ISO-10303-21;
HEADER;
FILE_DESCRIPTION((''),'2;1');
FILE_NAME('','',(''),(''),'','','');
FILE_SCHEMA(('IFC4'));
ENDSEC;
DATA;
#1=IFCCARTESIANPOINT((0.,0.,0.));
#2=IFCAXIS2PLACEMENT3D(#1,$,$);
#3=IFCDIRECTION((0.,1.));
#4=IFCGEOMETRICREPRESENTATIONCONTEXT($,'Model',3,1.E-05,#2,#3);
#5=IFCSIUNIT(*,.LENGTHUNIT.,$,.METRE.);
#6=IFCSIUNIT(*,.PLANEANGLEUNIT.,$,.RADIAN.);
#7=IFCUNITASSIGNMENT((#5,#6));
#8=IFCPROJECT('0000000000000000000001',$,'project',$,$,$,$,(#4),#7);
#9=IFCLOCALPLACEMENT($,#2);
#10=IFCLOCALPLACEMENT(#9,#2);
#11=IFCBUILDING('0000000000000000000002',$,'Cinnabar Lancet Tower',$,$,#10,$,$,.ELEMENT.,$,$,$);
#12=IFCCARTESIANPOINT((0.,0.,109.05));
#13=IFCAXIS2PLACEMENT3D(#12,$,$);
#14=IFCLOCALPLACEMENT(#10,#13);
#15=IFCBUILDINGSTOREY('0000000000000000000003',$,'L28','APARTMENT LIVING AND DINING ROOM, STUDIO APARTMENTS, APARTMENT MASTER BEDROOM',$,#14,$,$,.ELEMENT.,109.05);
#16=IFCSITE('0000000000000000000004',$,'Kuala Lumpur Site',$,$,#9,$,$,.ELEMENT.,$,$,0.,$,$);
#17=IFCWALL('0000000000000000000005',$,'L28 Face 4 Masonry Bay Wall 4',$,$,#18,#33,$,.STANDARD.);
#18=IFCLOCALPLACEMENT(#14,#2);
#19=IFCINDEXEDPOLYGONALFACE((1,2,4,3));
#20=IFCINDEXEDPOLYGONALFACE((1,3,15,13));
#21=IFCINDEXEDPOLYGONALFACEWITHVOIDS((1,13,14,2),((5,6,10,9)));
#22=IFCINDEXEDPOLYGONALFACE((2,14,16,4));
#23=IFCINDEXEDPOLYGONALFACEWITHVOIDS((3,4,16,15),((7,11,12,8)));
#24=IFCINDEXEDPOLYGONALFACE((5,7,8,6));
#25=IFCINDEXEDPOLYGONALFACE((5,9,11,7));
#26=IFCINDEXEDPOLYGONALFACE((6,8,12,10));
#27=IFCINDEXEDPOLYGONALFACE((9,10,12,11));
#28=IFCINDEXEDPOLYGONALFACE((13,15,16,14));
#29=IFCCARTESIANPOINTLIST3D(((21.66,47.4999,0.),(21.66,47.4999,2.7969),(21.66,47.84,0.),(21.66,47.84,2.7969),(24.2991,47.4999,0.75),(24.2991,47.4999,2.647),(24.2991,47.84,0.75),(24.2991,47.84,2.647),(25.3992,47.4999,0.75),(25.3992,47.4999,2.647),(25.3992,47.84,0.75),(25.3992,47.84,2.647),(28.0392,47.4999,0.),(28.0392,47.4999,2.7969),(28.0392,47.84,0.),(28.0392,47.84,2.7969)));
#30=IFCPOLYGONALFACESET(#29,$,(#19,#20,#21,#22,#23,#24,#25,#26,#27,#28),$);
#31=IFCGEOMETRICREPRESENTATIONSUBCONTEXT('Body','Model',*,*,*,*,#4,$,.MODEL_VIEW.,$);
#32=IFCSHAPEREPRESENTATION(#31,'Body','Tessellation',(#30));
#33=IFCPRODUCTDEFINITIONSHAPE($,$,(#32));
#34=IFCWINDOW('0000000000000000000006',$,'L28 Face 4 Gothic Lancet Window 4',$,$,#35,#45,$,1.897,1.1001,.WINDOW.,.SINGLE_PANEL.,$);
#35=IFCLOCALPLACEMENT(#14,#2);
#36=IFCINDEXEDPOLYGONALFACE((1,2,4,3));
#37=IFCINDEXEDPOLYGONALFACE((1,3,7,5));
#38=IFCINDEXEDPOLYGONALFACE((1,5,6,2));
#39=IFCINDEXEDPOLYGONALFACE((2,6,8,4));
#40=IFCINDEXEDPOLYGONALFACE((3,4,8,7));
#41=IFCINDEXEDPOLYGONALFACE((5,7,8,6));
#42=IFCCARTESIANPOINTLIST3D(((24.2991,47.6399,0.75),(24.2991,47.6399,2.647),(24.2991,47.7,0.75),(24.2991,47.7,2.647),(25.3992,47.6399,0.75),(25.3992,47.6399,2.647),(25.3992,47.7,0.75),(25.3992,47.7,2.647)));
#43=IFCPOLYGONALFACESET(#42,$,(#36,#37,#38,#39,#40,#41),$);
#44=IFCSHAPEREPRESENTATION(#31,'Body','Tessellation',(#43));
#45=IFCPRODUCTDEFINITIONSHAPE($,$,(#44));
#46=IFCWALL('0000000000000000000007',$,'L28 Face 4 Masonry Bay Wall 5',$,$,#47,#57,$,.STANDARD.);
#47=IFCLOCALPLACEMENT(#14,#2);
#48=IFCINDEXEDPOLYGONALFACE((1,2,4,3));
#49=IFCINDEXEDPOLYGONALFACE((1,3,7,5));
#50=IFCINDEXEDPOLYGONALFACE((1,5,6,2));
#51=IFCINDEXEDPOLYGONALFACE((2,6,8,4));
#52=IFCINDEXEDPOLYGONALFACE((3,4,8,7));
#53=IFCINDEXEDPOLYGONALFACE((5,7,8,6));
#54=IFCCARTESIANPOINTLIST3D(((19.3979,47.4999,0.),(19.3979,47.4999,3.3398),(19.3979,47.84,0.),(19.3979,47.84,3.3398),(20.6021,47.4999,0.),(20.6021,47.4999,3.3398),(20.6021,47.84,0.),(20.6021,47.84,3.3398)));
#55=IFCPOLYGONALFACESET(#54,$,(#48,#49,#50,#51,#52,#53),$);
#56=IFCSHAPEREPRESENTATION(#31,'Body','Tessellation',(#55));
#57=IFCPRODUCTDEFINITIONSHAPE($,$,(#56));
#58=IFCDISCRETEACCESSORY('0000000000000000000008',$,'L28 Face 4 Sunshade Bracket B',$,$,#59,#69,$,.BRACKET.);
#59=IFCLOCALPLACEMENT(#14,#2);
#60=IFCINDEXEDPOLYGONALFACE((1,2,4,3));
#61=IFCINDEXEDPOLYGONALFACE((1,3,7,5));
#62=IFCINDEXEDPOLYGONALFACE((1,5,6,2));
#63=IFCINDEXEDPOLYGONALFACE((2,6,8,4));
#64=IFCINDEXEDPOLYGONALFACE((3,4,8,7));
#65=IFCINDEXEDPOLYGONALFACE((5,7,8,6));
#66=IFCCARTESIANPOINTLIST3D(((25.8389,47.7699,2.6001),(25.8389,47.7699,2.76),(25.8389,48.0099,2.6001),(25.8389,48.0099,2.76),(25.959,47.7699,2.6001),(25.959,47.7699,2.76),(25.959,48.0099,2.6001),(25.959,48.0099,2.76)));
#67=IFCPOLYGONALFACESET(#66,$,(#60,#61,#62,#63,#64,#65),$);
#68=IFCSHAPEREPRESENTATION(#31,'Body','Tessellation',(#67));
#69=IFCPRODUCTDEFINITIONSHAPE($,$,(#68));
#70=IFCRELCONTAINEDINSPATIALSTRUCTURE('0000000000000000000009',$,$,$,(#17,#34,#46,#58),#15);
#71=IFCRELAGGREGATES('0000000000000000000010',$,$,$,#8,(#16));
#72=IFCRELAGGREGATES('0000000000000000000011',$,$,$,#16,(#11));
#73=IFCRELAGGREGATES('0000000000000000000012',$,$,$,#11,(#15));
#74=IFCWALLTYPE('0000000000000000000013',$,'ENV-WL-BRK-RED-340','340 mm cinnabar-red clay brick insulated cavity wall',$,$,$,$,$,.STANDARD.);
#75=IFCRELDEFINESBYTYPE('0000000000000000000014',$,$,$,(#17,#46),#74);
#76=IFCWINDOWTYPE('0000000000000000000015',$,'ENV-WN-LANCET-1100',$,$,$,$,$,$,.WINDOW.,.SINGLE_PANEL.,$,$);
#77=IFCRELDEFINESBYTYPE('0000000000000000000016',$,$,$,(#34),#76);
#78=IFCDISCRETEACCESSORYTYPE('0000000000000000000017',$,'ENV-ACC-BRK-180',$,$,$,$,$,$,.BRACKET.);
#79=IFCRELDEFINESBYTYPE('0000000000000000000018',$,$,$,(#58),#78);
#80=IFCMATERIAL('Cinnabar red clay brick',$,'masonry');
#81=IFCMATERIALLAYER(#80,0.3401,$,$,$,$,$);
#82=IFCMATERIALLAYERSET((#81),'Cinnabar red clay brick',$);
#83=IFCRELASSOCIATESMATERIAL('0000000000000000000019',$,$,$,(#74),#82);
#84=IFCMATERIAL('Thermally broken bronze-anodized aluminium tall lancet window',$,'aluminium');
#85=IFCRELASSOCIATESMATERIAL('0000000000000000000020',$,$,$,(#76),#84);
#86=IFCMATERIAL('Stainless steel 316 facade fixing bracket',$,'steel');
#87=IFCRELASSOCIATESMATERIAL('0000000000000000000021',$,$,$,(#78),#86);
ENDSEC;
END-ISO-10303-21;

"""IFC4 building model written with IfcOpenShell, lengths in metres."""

from ifc_helpers import new_model, si_unit, direction, frame, frame_2d, origin, origin_2d, place, context, subcontext, project, spatial, rectangle, extrude, material, layer, layer_set, type_object, element, fill, save


model = new_model("IFC4")

# Units and contexts
model_context = context("Model", 3, precision=1e-05, world=origin(), true_north=direction((0.0, 1.0)))
body_context = subcontext(model_context, "Body", "Model", "MODEL_VIEW")
ifc_project = project(units=[si_unit("LENGTHUNIT", "METRE"), si_unit("PLANEANGLEUNIT", "RADIAN")], contexts=[model_context])

# Site, building, storey
site_placement = place(None, origin())
site = spatial("IfcSite", under=ifc_project, at=site_placement, Name="Kuala Lumpur Site", CompositionType="ELEMENT", RefElevation=0.0)
building_placement = place(site_placement, origin())
building = spatial("IfcBuilding", under=site, at=building_placement, Name="Cinnabar Lancet Tower", CompositionType="ELEMENT")
storey_placement = place(building_placement, frame((0.0, 0.0, 109.05)))
storey = spatial("IfcBuildingStorey", under=building, at=storey_placement, Name="L28", Description="APARTMENT LIVING AND DINING ROOM, STUDIO APARTMENTS, APARTMENT MASTER BEDROOM", CompositionType="ELEMENT", Elevation=109.05)

# Wall, opening, window
ifc_material_1 = material(Name="Cinnabar red clay brick", Category="masonry")
ifc_layer_1 = layer(ifc_material_1, 0.3401)
ifc_layer_set_1 = layer_set([ifc_layer_1], Name="Cinnabar red clay brick")
wall_type_1 = type_object("IfcWallType", Name="ENV-WL-BRK-RED-340", Description="340 mm cinnabar-red clay brick insulated cavity wall", PredefinedType="STANDARD", material=ifc_layer_set_1)
wall_1_placement = place(storey_placement, frame((28.0391, 47.6699, 0.0), z_axis=(0.0, 0.0, 1.0), x_axis=(-1.0, 0.0, 0.0)))
wall_1 = element("IfcWall", 1, at=wall_1_placement, inside=storey, type_object=wall_type_1, Name="L28 Face 4 Masonry Bay Wall 4", PredefinedType="STANDARD", context=body_context, shape_type="SweptSolid", body=[
    extrude(rectangle(XDim=6.3792, YDim=0.3401, at=frame_2d((3.1895, 0.0))), origin(), (0.0, 0.0, 1.0), 2.7969),
])
opening_1_placement = place(wall_1_placement, frame((2.6399, 0.0, 0.75)))
opening_1 = element("IfcOpeningElement", 2, at=opening_1_placement, cuts=wall_1, PredefinedType="OPENING", context=body_context, shape_type="SweptSolid", body=[
    extrude(rectangle(XDim=1.1001, YDim=1.897, at=frame_2d((0.55, 0.9485))), frame((0.0, 0.1799, 0.0), z_axis=(0.0, -1.0, 0.0), x_axis=(1.0, 0.0, 0.0)), (0.0, 0.0, 1.0), 0.3601),
])
ifc_material_2 = material(Name="Thermally broken bronze-anodized aluminium tall lancet window", Category="aluminium")
window_type = type_object("IfcWindowType", Name="ENV-WN-LANCET-1100", PartitioningType="SINGLE_PANEL", PredefinedType="WINDOW", material=ifc_material_2)
window_placement = place(opening_1_placement, origin())
window = element("IfcWindow", 3, at=window_placement, inside=storey, type_object=window_type, Name="L28 Face 4 Gothic Lancet Window 4", OverallHeight=1.897, OverallWidth=1.1001, PartitioningType="SINGLE_PANEL", PredefinedType="WINDOW", context=body_context, shape_type="SweptSolid", body=[
    extrude(rectangle(XDim=1.1001, YDim=1.897, at=frame_2d((0.55, 0.9485))), frame((0.0, 0.03, 0.0), z_axis=(0.0, -1.0, 0.0), x_axis=(1.0, 0.0, 0.0)), (0.0, 0.0, 1.0), 0.0601),
])
fill(opening_1, window)

# Wall
wall_2_placement = place(storey_placement, frame((20.6021, 47.6699, 0.0), z_axis=(0.0, 0.0, 1.0), x_axis=(-1.0, 0.0, 0.0)))
element("IfcWall", 4, at=wall_2_placement, inside=storey, type_object=wall_type_1, Name="L28 Face 4 Masonry Bay Wall 5", PredefinedType="STANDARD", context=body_context, shape_type="SweptSolid", body=[
    extrude(rectangle(XDim=1.2041, YDim=0.3401, at=frame_2d((0.6021, 0.0))), origin(), (0.0, 0.0, 1.0), 3.3398),
])

# Discrete accessory
ifc_material_3 = material(Name="Stainless steel 316 facade fixing bracket", Category="steel")
discrete_accessory_type = type_object("IfcDiscreteAccessoryType", Name="ENV-ACC-BRK-180", PredefinedType="BRACKET", material=ifc_material_3)
discrete_accessory_placement = place(storey_placement, frame((25.8989, 47.8899, 2.6001), z_axis=(0.0, 0.0, 1.0), x_axis=(-1.0, 0.0, 0.0)))
element("IfcDiscreteAccessory", 5, at=discrete_accessory_placement, inside=storey, type_object=discrete_accessory_type, Name="L28 Face 4 Sunshade Bracket B", PredefinedType="BRACKET", context=body_context, shape_type="SweptSolid", body=[
    extrude(rectangle(XDim=0.1201, YDim=0.24, at=origin_2d()), origin(), (0.0, 0.0, 1.0), 0.1599),
])

save(model, "model.ifc")
